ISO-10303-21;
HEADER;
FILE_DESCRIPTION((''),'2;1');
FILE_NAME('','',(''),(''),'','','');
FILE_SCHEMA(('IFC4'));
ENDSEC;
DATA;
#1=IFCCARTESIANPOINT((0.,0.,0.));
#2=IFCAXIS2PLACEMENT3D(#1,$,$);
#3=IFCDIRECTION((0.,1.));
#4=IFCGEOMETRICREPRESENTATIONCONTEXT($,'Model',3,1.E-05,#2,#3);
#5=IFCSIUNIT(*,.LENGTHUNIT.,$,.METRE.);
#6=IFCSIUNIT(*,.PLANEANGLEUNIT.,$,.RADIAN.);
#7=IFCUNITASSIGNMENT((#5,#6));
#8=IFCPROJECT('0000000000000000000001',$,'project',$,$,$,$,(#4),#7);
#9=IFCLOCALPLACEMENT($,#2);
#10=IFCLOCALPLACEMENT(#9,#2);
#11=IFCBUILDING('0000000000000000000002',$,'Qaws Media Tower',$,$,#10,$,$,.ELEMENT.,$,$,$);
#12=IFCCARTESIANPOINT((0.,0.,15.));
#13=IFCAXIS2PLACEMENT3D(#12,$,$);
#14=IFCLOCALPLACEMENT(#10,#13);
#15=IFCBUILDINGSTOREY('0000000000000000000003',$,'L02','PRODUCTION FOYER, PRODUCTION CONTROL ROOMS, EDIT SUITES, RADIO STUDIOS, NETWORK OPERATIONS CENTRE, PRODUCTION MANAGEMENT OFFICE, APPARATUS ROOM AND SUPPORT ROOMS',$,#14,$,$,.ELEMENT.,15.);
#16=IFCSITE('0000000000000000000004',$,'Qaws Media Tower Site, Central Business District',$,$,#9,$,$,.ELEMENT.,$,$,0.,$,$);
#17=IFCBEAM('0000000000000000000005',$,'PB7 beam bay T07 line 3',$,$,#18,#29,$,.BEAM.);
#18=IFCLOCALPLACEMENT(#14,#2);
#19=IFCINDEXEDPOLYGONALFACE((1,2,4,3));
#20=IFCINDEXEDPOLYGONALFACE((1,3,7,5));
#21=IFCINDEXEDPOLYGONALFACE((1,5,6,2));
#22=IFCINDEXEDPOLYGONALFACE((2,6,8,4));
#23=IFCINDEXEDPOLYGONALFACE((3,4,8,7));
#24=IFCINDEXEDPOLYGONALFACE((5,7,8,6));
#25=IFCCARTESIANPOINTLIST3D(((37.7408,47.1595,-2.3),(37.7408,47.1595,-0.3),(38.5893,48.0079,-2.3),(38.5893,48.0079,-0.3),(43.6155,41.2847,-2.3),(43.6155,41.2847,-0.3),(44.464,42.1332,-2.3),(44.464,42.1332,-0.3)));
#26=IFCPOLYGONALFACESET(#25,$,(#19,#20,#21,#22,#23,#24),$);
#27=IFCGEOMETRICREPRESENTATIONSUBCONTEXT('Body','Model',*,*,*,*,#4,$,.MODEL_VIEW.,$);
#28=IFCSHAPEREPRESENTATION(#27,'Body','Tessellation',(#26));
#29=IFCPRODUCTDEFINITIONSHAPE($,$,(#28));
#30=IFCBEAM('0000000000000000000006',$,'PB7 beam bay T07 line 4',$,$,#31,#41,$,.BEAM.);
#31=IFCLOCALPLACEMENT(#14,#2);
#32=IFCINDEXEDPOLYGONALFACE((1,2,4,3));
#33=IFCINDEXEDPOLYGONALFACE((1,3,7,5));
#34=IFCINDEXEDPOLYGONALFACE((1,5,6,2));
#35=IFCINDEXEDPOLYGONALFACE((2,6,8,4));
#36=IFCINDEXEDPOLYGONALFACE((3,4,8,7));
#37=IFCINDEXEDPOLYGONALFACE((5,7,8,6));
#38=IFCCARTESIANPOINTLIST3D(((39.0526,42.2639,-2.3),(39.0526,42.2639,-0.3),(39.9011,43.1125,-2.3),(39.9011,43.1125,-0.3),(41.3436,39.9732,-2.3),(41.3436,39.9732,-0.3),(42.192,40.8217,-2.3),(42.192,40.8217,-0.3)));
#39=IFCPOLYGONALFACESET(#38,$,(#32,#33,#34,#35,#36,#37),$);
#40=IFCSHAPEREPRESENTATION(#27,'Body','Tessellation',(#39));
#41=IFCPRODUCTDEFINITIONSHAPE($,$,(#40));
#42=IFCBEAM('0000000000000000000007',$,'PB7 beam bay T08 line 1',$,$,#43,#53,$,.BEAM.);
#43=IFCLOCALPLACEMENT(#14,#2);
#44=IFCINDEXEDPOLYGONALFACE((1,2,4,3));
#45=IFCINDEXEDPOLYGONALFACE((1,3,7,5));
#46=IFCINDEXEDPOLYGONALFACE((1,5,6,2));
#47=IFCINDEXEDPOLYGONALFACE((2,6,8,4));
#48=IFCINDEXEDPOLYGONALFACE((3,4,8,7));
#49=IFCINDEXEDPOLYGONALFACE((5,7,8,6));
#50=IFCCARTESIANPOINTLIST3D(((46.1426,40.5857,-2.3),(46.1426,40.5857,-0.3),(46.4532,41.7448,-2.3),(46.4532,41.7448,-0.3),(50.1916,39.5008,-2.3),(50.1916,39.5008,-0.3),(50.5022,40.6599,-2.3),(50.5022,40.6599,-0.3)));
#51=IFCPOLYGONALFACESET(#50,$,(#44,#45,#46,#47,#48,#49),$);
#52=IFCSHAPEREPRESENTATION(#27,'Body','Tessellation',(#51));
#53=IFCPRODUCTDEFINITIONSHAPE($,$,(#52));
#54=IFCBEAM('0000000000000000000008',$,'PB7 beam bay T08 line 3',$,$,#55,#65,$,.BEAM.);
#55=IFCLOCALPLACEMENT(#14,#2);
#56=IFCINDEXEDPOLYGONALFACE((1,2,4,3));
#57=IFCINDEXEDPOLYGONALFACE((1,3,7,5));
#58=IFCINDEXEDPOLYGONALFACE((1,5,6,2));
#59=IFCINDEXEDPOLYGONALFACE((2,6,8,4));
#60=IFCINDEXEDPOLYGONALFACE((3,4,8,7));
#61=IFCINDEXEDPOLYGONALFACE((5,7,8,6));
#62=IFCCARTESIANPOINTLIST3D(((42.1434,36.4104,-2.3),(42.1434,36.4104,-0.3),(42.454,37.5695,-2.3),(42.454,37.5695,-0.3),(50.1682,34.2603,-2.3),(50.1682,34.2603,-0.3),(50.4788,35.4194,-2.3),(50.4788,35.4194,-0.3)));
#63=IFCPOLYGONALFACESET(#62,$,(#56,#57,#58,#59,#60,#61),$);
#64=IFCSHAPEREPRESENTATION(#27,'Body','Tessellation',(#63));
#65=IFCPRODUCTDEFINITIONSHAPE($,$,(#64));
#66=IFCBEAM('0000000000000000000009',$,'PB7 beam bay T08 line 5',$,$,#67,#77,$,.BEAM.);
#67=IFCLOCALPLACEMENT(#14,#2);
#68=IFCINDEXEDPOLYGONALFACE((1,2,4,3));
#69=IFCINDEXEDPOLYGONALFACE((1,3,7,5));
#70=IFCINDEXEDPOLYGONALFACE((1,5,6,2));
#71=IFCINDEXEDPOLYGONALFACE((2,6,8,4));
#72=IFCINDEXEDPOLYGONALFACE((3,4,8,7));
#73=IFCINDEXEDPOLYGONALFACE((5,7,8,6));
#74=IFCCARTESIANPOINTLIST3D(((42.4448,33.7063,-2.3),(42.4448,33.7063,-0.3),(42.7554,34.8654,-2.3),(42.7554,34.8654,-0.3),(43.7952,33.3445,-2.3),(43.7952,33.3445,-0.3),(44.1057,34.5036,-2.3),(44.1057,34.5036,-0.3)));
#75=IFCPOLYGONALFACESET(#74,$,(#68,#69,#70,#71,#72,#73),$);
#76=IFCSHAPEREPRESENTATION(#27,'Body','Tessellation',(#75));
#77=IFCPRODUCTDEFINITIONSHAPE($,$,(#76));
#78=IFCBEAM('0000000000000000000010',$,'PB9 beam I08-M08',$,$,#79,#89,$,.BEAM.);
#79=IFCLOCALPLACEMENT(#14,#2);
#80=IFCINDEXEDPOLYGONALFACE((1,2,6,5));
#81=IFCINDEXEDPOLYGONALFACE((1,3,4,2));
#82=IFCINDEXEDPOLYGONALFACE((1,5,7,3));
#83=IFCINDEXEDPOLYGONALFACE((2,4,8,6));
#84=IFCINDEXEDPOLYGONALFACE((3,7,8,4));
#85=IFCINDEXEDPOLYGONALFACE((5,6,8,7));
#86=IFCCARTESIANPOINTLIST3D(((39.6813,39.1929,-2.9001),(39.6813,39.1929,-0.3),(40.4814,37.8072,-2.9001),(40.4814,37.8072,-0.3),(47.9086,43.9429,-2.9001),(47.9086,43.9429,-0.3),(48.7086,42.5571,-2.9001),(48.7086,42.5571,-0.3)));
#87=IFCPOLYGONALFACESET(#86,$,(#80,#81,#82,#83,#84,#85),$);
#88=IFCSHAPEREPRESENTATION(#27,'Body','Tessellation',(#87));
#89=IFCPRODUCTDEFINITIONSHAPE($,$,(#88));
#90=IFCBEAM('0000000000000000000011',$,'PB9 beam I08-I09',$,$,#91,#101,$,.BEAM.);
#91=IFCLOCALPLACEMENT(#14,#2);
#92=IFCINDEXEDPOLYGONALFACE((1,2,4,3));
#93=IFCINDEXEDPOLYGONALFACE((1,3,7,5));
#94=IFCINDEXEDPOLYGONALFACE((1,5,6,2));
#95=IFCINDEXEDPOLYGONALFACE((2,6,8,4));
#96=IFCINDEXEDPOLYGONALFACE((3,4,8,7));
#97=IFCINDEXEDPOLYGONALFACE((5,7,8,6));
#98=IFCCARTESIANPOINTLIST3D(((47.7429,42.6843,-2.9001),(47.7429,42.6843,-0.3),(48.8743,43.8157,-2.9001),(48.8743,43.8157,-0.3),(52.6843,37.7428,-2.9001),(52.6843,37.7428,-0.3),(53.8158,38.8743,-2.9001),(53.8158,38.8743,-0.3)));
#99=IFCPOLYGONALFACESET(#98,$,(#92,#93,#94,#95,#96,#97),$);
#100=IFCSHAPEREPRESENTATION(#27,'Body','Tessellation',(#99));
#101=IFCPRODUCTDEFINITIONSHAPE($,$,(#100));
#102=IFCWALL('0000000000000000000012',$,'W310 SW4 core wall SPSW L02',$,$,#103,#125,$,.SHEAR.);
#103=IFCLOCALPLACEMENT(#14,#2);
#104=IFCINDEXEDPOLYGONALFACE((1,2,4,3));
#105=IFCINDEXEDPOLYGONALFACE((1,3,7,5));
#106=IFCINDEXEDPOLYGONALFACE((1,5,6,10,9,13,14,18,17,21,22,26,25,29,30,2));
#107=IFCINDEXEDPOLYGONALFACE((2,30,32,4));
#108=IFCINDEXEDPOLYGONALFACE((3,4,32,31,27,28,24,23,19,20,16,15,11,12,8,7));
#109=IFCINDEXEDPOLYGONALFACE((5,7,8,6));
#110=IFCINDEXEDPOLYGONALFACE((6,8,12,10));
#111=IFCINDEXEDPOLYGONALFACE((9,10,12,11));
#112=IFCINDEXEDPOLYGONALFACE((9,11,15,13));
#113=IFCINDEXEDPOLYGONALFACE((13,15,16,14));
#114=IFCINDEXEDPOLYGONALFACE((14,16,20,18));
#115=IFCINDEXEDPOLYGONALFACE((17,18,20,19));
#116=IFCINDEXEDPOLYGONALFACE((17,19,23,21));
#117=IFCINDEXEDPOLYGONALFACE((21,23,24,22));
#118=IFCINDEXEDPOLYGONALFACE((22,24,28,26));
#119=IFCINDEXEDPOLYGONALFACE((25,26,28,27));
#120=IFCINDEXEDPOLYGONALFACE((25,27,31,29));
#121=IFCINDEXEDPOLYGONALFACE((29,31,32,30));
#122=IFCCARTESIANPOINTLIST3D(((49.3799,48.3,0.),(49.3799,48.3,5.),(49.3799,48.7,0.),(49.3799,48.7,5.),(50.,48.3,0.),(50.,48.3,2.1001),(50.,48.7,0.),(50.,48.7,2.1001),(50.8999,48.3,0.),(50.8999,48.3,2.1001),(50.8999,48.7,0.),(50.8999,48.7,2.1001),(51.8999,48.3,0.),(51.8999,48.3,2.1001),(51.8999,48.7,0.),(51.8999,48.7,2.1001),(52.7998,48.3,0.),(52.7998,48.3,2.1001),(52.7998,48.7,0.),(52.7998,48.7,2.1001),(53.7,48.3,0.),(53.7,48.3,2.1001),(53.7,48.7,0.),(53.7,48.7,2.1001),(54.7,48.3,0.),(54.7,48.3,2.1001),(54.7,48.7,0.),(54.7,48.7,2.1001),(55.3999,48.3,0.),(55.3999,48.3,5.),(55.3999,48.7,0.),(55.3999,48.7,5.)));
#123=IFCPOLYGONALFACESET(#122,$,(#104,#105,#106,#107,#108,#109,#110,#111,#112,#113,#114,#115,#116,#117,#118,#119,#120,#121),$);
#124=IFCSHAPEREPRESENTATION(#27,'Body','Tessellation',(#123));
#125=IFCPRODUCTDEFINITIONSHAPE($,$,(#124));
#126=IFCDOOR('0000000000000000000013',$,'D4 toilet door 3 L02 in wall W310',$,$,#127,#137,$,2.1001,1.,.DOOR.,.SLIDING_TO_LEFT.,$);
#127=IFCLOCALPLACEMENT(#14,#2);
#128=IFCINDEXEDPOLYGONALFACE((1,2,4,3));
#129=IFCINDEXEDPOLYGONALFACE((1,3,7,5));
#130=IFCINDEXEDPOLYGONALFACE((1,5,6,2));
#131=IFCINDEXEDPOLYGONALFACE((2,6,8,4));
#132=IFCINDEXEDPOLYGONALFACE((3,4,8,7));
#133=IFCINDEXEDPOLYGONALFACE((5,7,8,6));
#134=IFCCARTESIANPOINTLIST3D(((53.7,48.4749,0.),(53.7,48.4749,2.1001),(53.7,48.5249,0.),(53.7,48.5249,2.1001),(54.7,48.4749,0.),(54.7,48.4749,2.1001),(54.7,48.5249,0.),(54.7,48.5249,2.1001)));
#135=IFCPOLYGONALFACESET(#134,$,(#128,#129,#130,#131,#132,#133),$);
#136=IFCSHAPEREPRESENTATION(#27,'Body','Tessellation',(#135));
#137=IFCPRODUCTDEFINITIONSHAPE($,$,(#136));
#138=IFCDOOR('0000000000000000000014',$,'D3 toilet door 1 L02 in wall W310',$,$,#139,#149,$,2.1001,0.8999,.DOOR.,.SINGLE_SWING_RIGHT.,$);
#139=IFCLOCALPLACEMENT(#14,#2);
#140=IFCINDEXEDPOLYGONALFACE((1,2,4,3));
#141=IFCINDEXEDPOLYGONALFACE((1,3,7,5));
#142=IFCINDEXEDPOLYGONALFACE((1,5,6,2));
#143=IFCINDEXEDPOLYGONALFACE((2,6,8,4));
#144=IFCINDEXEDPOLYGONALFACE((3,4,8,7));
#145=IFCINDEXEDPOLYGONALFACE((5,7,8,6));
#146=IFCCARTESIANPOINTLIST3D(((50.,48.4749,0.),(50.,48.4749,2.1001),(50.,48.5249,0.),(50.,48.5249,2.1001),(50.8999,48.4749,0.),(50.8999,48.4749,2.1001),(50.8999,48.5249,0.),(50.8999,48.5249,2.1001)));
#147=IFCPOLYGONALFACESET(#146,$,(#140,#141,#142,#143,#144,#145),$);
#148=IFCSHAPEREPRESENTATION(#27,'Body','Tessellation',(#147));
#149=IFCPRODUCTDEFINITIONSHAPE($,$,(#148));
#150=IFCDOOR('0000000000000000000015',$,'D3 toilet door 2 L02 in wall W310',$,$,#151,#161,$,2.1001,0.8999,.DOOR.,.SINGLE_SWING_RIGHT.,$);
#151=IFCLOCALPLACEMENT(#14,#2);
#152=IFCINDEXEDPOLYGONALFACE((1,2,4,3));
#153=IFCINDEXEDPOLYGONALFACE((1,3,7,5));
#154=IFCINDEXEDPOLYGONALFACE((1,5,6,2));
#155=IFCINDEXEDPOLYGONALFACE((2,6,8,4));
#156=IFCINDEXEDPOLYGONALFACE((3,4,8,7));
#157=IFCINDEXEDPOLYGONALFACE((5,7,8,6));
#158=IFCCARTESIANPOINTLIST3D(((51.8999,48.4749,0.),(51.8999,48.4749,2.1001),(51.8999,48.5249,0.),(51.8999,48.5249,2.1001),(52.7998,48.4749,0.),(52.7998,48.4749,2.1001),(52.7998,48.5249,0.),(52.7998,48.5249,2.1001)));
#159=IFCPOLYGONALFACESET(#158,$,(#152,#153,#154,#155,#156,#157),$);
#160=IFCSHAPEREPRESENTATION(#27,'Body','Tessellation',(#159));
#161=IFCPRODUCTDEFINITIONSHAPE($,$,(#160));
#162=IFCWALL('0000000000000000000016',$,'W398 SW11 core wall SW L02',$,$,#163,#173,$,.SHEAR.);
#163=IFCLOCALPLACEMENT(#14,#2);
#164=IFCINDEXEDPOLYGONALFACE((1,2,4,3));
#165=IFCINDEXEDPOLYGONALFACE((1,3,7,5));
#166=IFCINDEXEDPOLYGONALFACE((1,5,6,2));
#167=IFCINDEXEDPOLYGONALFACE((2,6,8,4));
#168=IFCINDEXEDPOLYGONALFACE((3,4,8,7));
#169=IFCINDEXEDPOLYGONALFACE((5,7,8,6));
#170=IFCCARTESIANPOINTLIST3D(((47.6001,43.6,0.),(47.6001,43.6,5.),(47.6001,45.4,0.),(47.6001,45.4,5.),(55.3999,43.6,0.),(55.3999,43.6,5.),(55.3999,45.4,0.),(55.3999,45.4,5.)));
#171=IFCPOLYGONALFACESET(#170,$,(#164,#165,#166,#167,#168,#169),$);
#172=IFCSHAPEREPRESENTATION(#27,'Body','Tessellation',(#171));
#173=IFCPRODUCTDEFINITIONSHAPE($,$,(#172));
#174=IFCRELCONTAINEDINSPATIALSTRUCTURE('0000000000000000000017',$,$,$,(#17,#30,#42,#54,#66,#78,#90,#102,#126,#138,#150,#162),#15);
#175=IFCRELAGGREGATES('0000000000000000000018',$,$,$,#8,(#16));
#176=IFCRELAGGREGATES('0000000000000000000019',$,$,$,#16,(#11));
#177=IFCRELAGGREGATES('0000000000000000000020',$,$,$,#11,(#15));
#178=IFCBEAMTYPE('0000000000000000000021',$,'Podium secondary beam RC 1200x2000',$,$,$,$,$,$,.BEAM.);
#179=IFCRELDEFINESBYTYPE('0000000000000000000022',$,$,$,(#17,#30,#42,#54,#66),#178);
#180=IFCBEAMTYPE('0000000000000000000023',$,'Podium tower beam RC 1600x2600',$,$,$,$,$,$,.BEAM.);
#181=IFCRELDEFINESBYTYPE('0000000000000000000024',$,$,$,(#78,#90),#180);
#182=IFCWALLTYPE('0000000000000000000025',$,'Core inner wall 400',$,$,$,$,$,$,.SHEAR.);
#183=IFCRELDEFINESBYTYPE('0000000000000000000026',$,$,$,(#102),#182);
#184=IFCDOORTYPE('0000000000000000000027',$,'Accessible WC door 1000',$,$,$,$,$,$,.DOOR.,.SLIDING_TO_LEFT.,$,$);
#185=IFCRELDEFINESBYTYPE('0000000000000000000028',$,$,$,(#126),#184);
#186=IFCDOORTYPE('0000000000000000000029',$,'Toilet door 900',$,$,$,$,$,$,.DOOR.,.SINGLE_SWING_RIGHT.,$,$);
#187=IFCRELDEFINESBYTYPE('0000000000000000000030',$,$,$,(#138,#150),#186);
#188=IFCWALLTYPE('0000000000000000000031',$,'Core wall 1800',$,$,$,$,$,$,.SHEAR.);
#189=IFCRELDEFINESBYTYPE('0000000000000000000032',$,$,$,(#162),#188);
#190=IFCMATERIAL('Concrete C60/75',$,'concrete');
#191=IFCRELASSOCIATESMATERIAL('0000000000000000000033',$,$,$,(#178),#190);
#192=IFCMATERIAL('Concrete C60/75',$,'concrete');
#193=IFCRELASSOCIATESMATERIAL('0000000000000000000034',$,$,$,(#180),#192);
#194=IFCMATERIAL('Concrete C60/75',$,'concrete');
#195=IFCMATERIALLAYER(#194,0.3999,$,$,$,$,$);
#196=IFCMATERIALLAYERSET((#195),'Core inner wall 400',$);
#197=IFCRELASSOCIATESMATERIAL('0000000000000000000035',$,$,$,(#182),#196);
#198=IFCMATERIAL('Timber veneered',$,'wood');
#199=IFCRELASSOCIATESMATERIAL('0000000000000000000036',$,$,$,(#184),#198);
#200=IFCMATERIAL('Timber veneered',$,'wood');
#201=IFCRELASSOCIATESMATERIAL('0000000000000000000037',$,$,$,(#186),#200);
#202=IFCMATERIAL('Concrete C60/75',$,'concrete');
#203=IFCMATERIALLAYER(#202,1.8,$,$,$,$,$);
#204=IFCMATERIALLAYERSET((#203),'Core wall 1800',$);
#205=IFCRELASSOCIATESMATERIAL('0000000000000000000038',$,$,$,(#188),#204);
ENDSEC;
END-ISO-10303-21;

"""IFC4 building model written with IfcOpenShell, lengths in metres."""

from ifc_helpers import new_model, si_unit, direction, frame, frame_2d, origin, origin_2d, place, context, subcontext, project, spatial, rectangle, extrude, material, layer, layer_set, material_profile, profile_set, type_object, element, fill, save


model = new_model("IFC4")

# Units and contexts
model_context = context("Model", 3, precision=1e-05, world=origin(), true_north=direction((0.0, 1.0)))
body_context = subcontext(model_context, "Body", "Model", "MODEL_VIEW")
ifc_project = project(units=[si_unit("LENGTHUNIT", "METRE"), si_unit("PLANEANGLEUNIT", "RADIAN")], contexts=[model_context])

# Site, building, storey
site_placement = place(None, origin())
site = spatial("IfcSite", under=ifc_project, at=site_placement, Name="Qaws Media Tower Site, Central Business District", CompositionType="ELEMENT", RefElevation=0.0)
building_placement = place(site_placement, origin())
building = spatial("IfcBuilding", under=site, at=building_placement, Name="Qaws Media Tower", CompositionType="ELEMENT")
storey_placement = place(building_placement, frame((0.0, 0.0, 15.0)))
storey = spatial("IfcBuildingStorey", under=building, at=storey_placement, Name="L02", Description="PRODUCTION FOYER, PRODUCTION CONTROL ROOMS, EDIT SUITES, RADIO STUDIOS, NETWORK OPERATIONS CENTRE, PRODUCTION MANAGEMENT OFFICE, APPARATUS ROOM AND SUPPORT ROOMS", CompositionType="ELEMENT", Elevation=15.0)

# Beams
ifc_material_1 = material(Name="Concrete C60/75", Category="concrete")
ifc_material_profile_1 = material_profile(ifc_material_1, rectangle(XDim=1.2, YDim=2.0, at=origin_2d()), Name="RC 1200x2000")
ifc_profile_set_1 = profile_set([ifc_material_profile_1], Name="Concrete C60/75")
beam_type_1 = type_object("IfcBeamType", Name="Podium secondary beam RC 1200x2000", PredefinedType="BEAM", material=ifc_profile_set_1)
beam_1_placement = place(storey_placement, frame((44.0398, 41.709, -1.3), z_axis=(-0.707107, 0.707107, 0.0), x_axis=(-0.707107, -0.707107, 0.0)))
element("IfcBeam", 1, at=beam_1_placement, inside=storey, type_object=beam_type_1, Name="PB7 beam bay T07 line 3", PredefinedType="BEAM", context=body_context, shape_type="SweptSolid", body=[
    extrude(rectangle(XDim=1.2, YDim=2.0, at=origin_2d()), origin(), (0.0, 0.0, 1.0), 8.3081),
])
beam_2_placement = place(storey_placement, frame((41.7678, 40.3975, -1.3), z_axis=(-0.707144, 0.707069, 0.0), x_axis=(-0.707069, -0.707144, 0.0)))
element("IfcBeam", 2, at=beam_2_placement, inside=storey, type_object=beam_type_1, Name="PB7 beam bay T07 line 4", PredefinedType="BEAM", context=body_context, shape_type="SweptSolid", body=[
    extrude(rectangle(XDim=1.2, YDim=2.0, at=origin_2d()), origin(), (0.0, 0.0, 1.0), 3.2397),
])
beam_3_placement = place(storey_placement, frame((50.3469, 40.0803, -1.3), z_axis=(-0.965925, 0.258822, 0.0), x_axis=(-0.258822, -0.965925, 0.0)))
element("IfcBeam", 3, at=beam_3_placement, inside=storey, type_object=beam_type_1, Name="PB7 beam bay T08 line 1", PredefinedType="BEAM", context=body_context, shape_type="SweptSolid", body=[
    extrude(rectangle(XDim=1.2, YDim=2.0, at=origin_2d()), origin(), (0.0, 0.0, 1.0), 4.1919),
])
beam_4_placement = place(storey_placement, frame((50.3235, 34.8398, -1.3), z_axis=(-0.965929, 0.258806, 0.0), x_axis=(-0.258806, -0.965929, 0.0)))
element("IfcBeam", 4, at=beam_4_placement, inside=storey, type_object=beam_type_1, Name="PB7 beam bay T08 line 3", PredefinedType="BEAM", context=body_context, shape_type="SweptSolid", body=[
    extrude(rectangle(XDim=1.2, YDim=2.0, at=origin_2d()), origin(), (0.0, 0.0, 1.0), 8.3079),
])
beam_5_placement = place(storey_placement, frame((43.9504, 33.9241, -1.3), z_axis=(-0.965927, 0.258815, 0.0), x_axis=(-0.258815, -0.965927, 0.0)))
element("IfcBeam", 5, at=beam_5_placement, inside=storey, type_object=beam_type_1, Name="PB7 beam bay T08 line 5", PredefinedType="BEAM", context=body_context, shape_type="SweptSolid", body=[
    extrude(rectangle(XDim=1.2, YDim=2.0, at=origin_2d()), origin(), (0.0, 0.0, 1.0), 1.3979),
])
ifc_material_2 = material(Name="Concrete C60/75", Category="concrete")
ifc_material_profile_2 = material_profile(ifc_material_2, rectangle(XDim=1.6001, YDim=2.6001, at=origin_2d()), Name="RC 1600x2600")
ifc_profile_set_2 = profile_set([ifc_material_profile_2], Name="Concrete C60/75")
beam_type_2 = type_object("IfcBeamType", Name="Podium tower beam RC 1600x2600", PredefinedType="BEAM", material=ifc_profile_set_2)
beam_6_placement = place(storey_placement, frame((48.3086, 43.25, -1.6001), z_axis=(-0.866027, -0.499998, 0.0), x_axis=(0.499998, -0.866027, 0.0)))
element("IfcBeam", 6, at=beam_6_placement, inside=storey, type_object=beam_type_2, Name="PB9 beam I08-M08", PredefinedType="BEAM", context=body_context, shape_type="SweptSolid", body=[
    extrude(rectangle(XDim=1.6001, YDim=2.6001, at=origin_2d()), origin(), (0.0, 0.0, 1.0), 9.5),
])
beam_7_placement = place(storey_placement, frame((48.3086, 43.25, -1.6001), z_axis=(0.707107, -0.707107, 0.0), x_axis=(0.707107, 0.707107, 0.0)))
element("IfcBeam", 7, at=beam_7_placement, inside=storey, type_object=beam_type_2, Name="PB9 beam I08-I09", PredefinedType="BEAM", context=body_context, shape_type="SweptSolid", body=[
    extrude(rectangle(XDim=1.6001, YDim=2.6001, at=origin_2d()), origin(), (0.0, 0.0, 1.0), 6.9883),
])

# Wall, openings, doors
ifc_material_3 = material(Name="Concrete C60/75", Category="concrete")
ifc_layer_1 = layer(ifc_material_3, 0.3999)
ifc_layer_set_1 = layer_set([ifc_layer_1], Name="Core inner wall 400")
wall_type_1 = type_object("IfcWallType", Name="Core inner wall 400", PredefinedType="SHEAR", material=ifc_layer_set_1)
wall_1_placement = place(storey_placement, frame((49.3799, 48.5, 0.0), z_axis=(0.0, 0.0, 1.0), x_axis=(1.0, 0.0, 0.0)))
wall_1 = element("IfcWall", 8, at=wall_1_placement, inside=storey, type_object=wall_type_1, Name="W310 SW4 core wall SPSW L02", PredefinedType="SHEAR", context=body_context, shape_type="SweptSolid", body=[
    extrude(rectangle(XDim=6.02, YDim=0.3999, at=frame_2d((3.01, 0.0))), origin(), (0.0, 0.0, 1.0), 5.0),
])
opening_1_placement = place(wall_1_placement, frame((0.6201, 0.0, 0.0)))
opening_1 = element("IfcOpeningElement", 9, at=opening_1_placement, cuts=wall_1, PredefinedType="OPENING", context=body_context, shape_type="SweptSolid", body=[
    extrude(rectangle(XDim=0.8999, YDim=2.1001, at=frame_2d((0.45, 1.05))), frame((0.0, 0.21, 0.0), z_axis=(0.0, -1.0, 0.0), x_axis=(1.0, 0.0, 0.0)), (0.0, 0.0, 1.0), 0.4199),
])
opening_2_placement = place(wall_1_placement, frame((2.52, 0.0, 0.0)))
opening_2 = element("IfcOpeningElement", 10, at=opening_2_placement, cuts=wall_1, PredefinedType="OPENING", context=body_context, shape_type="SweptSolid", body=[
    extrude(rectangle(XDim=0.8999, YDim=2.1001, at=frame_2d((0.45, 1.05))), frame((0.0, 0.21, 0.0), z_axis=(0.0, -1.0, 0.0), x_axis=(1.0, 0.0, 0.0)), (0.0, 0.0, 1.0), 0.4199),
])
opening_3_placement = place(wall_1_placement, frame((4.3201, 0.0, 0.0)))
opening_3 = element("IfcOpeningElement", 11, at=opening_3_placement, cuts=wall_1, PredefinedType="OPENING", context=body_context, shape_type="SweptSolid", body=[
    extrude(rectangle(XDim=1.0, YDim=2.1001, at=frame_2d((0.5, 1.05))), frame((0.0, 0.21, 0.0), z_axis=(0.0, -1.0, 0.0), x_axis=(1.0, 0.0, 0.0)), (0.0, 0.0, 1.0), 0.4199),
])
ifc_material_4 = material(Name="Timber veneered", Category="wood")
door_type_1 = type_object("IfcDoorType", Name="Accessible WC door 1000", OperationType="SLIDING_TO_LEFT", PredefinedType="DOOR", material=ifc_material_4)
door_1_placement = place(opening_3_placement, origin())
door_1 = element("IfcDoor", 12, at=door_1_placement, inside=storey, type_object=door_type_1, Name="D4 toilet door 3 L02 in wall W310", OperationType="SLIDING_TO_LEFT", OverallHeight=2.1001, OverallWidth=1.0, PredefinedType="DOOR", context=body_context, shape_type="SweptSolid", body=[
    extrude(rectangle(XDim=1.0, YDim=2.1001, at=frame_2d((0.5, 1.05))), frame((0.0, 0.0249, 0.0), z_axis=(0.0, -1.0, 0.0), x_axis=(1.0, 0.0, 0.0)), (0.0, 0.0, 1.0), 0.05),
])
fill(opening_3, door_1)
ifc_material_5 = material(Name="Timber veneered", Category="wood")
door_type_2 = type_object("IfcDoorType", Name="Toilet door 900", OperationType="SINGLE_SWING_RIGHT", PredefinedType="DOOR", material=ifc_material_5)
door_2_placement = place(opening_1_placement, origin())
door_2 = element("IfcDoor", 13, at=door_2_placement, inside=storey, type_object=door_type_2, Name="D3 toilet door 1 L02 in wall W310", OperationType="SINGLE_SWING_RIGHT", OverallHeight=2.1001, OverallWidth=0.8999, PredefinedType="DOOR", context=body_context, shape_type="SweptSolid", body=[
    extrude(rectangle(XDim=0.8999, YDim=2.1001, at=frame_2d((0.45, 1.05))), frame((0.0, 0.0249, 0.0), z_axis=(0.0, -1.0, 0.0), x_axis=(1.0, 0.0, 0.0)), (0.0, 0.0, 1.0), 0.05),
])
fill(opening_1, door_2)
door_3_placement = place(opening_2_placement, origin())
door_3 = element("IfcDoor", 14, at=door_3_placement, inside=storey, type_object=door_type_2, Name="D3 toilet door 2 L02 in wall W310", OperationType="SINGLE_SWING_RIGHT", OverallHeight=2.1001, OverallWidth=0.8999, PredefinedType="DOOR", context=body_context, shape_type="SweptSolid", body=[
    extrude(rectangle(XDim=0.8999, YDim=2.1001, at=frame_2d((0.45, 1.05))), frame((0.0, 0.0249, 0.0), z_axis=(0.0, -1.0, 0.0), x_axis=(1.0, 0.0, 0.0)), (0.0, 0.0, 1.0), 0.05),
])
fill(opening_2, door_3)

# Wall
ifc_material_6 = material(Name="Concrete C60/75", Category="concrete")
ifc_layer_2 = layer(ifc_material_6, 1.8)
ifc_layer_set_2 = layer_set([ifc_layer_2], Name="Core wall 1800")
wall_type_2 = type_object("IfcWallType", Name="Core wall 1800", PredefinedType="SHEAR", material=ifc_layer_set_2)
wall_2_placement = place(storey_placement, frame((47.6001, 44.5, 0.0), z_axis=(0.0, 0.0, 1.0), x_axis=(1.0, 0.0, 0.0)))
element("IfcWall", 15, at=wall_2_placement, inside=storey, type_object=wall_type_2, Name="W398 SW11 core wall SW L02", PredefinedType="SHEAR", context=body_context, shape_type="SweptSolid", body=[
    extrude(rectangle(XDim=7.7998, YDim=1.8, at=frame_2d((3.8999, 0.0))), origin(), (0.0, 0.0, 1.0), 5.0),
])

save(model, "model.ifc")
